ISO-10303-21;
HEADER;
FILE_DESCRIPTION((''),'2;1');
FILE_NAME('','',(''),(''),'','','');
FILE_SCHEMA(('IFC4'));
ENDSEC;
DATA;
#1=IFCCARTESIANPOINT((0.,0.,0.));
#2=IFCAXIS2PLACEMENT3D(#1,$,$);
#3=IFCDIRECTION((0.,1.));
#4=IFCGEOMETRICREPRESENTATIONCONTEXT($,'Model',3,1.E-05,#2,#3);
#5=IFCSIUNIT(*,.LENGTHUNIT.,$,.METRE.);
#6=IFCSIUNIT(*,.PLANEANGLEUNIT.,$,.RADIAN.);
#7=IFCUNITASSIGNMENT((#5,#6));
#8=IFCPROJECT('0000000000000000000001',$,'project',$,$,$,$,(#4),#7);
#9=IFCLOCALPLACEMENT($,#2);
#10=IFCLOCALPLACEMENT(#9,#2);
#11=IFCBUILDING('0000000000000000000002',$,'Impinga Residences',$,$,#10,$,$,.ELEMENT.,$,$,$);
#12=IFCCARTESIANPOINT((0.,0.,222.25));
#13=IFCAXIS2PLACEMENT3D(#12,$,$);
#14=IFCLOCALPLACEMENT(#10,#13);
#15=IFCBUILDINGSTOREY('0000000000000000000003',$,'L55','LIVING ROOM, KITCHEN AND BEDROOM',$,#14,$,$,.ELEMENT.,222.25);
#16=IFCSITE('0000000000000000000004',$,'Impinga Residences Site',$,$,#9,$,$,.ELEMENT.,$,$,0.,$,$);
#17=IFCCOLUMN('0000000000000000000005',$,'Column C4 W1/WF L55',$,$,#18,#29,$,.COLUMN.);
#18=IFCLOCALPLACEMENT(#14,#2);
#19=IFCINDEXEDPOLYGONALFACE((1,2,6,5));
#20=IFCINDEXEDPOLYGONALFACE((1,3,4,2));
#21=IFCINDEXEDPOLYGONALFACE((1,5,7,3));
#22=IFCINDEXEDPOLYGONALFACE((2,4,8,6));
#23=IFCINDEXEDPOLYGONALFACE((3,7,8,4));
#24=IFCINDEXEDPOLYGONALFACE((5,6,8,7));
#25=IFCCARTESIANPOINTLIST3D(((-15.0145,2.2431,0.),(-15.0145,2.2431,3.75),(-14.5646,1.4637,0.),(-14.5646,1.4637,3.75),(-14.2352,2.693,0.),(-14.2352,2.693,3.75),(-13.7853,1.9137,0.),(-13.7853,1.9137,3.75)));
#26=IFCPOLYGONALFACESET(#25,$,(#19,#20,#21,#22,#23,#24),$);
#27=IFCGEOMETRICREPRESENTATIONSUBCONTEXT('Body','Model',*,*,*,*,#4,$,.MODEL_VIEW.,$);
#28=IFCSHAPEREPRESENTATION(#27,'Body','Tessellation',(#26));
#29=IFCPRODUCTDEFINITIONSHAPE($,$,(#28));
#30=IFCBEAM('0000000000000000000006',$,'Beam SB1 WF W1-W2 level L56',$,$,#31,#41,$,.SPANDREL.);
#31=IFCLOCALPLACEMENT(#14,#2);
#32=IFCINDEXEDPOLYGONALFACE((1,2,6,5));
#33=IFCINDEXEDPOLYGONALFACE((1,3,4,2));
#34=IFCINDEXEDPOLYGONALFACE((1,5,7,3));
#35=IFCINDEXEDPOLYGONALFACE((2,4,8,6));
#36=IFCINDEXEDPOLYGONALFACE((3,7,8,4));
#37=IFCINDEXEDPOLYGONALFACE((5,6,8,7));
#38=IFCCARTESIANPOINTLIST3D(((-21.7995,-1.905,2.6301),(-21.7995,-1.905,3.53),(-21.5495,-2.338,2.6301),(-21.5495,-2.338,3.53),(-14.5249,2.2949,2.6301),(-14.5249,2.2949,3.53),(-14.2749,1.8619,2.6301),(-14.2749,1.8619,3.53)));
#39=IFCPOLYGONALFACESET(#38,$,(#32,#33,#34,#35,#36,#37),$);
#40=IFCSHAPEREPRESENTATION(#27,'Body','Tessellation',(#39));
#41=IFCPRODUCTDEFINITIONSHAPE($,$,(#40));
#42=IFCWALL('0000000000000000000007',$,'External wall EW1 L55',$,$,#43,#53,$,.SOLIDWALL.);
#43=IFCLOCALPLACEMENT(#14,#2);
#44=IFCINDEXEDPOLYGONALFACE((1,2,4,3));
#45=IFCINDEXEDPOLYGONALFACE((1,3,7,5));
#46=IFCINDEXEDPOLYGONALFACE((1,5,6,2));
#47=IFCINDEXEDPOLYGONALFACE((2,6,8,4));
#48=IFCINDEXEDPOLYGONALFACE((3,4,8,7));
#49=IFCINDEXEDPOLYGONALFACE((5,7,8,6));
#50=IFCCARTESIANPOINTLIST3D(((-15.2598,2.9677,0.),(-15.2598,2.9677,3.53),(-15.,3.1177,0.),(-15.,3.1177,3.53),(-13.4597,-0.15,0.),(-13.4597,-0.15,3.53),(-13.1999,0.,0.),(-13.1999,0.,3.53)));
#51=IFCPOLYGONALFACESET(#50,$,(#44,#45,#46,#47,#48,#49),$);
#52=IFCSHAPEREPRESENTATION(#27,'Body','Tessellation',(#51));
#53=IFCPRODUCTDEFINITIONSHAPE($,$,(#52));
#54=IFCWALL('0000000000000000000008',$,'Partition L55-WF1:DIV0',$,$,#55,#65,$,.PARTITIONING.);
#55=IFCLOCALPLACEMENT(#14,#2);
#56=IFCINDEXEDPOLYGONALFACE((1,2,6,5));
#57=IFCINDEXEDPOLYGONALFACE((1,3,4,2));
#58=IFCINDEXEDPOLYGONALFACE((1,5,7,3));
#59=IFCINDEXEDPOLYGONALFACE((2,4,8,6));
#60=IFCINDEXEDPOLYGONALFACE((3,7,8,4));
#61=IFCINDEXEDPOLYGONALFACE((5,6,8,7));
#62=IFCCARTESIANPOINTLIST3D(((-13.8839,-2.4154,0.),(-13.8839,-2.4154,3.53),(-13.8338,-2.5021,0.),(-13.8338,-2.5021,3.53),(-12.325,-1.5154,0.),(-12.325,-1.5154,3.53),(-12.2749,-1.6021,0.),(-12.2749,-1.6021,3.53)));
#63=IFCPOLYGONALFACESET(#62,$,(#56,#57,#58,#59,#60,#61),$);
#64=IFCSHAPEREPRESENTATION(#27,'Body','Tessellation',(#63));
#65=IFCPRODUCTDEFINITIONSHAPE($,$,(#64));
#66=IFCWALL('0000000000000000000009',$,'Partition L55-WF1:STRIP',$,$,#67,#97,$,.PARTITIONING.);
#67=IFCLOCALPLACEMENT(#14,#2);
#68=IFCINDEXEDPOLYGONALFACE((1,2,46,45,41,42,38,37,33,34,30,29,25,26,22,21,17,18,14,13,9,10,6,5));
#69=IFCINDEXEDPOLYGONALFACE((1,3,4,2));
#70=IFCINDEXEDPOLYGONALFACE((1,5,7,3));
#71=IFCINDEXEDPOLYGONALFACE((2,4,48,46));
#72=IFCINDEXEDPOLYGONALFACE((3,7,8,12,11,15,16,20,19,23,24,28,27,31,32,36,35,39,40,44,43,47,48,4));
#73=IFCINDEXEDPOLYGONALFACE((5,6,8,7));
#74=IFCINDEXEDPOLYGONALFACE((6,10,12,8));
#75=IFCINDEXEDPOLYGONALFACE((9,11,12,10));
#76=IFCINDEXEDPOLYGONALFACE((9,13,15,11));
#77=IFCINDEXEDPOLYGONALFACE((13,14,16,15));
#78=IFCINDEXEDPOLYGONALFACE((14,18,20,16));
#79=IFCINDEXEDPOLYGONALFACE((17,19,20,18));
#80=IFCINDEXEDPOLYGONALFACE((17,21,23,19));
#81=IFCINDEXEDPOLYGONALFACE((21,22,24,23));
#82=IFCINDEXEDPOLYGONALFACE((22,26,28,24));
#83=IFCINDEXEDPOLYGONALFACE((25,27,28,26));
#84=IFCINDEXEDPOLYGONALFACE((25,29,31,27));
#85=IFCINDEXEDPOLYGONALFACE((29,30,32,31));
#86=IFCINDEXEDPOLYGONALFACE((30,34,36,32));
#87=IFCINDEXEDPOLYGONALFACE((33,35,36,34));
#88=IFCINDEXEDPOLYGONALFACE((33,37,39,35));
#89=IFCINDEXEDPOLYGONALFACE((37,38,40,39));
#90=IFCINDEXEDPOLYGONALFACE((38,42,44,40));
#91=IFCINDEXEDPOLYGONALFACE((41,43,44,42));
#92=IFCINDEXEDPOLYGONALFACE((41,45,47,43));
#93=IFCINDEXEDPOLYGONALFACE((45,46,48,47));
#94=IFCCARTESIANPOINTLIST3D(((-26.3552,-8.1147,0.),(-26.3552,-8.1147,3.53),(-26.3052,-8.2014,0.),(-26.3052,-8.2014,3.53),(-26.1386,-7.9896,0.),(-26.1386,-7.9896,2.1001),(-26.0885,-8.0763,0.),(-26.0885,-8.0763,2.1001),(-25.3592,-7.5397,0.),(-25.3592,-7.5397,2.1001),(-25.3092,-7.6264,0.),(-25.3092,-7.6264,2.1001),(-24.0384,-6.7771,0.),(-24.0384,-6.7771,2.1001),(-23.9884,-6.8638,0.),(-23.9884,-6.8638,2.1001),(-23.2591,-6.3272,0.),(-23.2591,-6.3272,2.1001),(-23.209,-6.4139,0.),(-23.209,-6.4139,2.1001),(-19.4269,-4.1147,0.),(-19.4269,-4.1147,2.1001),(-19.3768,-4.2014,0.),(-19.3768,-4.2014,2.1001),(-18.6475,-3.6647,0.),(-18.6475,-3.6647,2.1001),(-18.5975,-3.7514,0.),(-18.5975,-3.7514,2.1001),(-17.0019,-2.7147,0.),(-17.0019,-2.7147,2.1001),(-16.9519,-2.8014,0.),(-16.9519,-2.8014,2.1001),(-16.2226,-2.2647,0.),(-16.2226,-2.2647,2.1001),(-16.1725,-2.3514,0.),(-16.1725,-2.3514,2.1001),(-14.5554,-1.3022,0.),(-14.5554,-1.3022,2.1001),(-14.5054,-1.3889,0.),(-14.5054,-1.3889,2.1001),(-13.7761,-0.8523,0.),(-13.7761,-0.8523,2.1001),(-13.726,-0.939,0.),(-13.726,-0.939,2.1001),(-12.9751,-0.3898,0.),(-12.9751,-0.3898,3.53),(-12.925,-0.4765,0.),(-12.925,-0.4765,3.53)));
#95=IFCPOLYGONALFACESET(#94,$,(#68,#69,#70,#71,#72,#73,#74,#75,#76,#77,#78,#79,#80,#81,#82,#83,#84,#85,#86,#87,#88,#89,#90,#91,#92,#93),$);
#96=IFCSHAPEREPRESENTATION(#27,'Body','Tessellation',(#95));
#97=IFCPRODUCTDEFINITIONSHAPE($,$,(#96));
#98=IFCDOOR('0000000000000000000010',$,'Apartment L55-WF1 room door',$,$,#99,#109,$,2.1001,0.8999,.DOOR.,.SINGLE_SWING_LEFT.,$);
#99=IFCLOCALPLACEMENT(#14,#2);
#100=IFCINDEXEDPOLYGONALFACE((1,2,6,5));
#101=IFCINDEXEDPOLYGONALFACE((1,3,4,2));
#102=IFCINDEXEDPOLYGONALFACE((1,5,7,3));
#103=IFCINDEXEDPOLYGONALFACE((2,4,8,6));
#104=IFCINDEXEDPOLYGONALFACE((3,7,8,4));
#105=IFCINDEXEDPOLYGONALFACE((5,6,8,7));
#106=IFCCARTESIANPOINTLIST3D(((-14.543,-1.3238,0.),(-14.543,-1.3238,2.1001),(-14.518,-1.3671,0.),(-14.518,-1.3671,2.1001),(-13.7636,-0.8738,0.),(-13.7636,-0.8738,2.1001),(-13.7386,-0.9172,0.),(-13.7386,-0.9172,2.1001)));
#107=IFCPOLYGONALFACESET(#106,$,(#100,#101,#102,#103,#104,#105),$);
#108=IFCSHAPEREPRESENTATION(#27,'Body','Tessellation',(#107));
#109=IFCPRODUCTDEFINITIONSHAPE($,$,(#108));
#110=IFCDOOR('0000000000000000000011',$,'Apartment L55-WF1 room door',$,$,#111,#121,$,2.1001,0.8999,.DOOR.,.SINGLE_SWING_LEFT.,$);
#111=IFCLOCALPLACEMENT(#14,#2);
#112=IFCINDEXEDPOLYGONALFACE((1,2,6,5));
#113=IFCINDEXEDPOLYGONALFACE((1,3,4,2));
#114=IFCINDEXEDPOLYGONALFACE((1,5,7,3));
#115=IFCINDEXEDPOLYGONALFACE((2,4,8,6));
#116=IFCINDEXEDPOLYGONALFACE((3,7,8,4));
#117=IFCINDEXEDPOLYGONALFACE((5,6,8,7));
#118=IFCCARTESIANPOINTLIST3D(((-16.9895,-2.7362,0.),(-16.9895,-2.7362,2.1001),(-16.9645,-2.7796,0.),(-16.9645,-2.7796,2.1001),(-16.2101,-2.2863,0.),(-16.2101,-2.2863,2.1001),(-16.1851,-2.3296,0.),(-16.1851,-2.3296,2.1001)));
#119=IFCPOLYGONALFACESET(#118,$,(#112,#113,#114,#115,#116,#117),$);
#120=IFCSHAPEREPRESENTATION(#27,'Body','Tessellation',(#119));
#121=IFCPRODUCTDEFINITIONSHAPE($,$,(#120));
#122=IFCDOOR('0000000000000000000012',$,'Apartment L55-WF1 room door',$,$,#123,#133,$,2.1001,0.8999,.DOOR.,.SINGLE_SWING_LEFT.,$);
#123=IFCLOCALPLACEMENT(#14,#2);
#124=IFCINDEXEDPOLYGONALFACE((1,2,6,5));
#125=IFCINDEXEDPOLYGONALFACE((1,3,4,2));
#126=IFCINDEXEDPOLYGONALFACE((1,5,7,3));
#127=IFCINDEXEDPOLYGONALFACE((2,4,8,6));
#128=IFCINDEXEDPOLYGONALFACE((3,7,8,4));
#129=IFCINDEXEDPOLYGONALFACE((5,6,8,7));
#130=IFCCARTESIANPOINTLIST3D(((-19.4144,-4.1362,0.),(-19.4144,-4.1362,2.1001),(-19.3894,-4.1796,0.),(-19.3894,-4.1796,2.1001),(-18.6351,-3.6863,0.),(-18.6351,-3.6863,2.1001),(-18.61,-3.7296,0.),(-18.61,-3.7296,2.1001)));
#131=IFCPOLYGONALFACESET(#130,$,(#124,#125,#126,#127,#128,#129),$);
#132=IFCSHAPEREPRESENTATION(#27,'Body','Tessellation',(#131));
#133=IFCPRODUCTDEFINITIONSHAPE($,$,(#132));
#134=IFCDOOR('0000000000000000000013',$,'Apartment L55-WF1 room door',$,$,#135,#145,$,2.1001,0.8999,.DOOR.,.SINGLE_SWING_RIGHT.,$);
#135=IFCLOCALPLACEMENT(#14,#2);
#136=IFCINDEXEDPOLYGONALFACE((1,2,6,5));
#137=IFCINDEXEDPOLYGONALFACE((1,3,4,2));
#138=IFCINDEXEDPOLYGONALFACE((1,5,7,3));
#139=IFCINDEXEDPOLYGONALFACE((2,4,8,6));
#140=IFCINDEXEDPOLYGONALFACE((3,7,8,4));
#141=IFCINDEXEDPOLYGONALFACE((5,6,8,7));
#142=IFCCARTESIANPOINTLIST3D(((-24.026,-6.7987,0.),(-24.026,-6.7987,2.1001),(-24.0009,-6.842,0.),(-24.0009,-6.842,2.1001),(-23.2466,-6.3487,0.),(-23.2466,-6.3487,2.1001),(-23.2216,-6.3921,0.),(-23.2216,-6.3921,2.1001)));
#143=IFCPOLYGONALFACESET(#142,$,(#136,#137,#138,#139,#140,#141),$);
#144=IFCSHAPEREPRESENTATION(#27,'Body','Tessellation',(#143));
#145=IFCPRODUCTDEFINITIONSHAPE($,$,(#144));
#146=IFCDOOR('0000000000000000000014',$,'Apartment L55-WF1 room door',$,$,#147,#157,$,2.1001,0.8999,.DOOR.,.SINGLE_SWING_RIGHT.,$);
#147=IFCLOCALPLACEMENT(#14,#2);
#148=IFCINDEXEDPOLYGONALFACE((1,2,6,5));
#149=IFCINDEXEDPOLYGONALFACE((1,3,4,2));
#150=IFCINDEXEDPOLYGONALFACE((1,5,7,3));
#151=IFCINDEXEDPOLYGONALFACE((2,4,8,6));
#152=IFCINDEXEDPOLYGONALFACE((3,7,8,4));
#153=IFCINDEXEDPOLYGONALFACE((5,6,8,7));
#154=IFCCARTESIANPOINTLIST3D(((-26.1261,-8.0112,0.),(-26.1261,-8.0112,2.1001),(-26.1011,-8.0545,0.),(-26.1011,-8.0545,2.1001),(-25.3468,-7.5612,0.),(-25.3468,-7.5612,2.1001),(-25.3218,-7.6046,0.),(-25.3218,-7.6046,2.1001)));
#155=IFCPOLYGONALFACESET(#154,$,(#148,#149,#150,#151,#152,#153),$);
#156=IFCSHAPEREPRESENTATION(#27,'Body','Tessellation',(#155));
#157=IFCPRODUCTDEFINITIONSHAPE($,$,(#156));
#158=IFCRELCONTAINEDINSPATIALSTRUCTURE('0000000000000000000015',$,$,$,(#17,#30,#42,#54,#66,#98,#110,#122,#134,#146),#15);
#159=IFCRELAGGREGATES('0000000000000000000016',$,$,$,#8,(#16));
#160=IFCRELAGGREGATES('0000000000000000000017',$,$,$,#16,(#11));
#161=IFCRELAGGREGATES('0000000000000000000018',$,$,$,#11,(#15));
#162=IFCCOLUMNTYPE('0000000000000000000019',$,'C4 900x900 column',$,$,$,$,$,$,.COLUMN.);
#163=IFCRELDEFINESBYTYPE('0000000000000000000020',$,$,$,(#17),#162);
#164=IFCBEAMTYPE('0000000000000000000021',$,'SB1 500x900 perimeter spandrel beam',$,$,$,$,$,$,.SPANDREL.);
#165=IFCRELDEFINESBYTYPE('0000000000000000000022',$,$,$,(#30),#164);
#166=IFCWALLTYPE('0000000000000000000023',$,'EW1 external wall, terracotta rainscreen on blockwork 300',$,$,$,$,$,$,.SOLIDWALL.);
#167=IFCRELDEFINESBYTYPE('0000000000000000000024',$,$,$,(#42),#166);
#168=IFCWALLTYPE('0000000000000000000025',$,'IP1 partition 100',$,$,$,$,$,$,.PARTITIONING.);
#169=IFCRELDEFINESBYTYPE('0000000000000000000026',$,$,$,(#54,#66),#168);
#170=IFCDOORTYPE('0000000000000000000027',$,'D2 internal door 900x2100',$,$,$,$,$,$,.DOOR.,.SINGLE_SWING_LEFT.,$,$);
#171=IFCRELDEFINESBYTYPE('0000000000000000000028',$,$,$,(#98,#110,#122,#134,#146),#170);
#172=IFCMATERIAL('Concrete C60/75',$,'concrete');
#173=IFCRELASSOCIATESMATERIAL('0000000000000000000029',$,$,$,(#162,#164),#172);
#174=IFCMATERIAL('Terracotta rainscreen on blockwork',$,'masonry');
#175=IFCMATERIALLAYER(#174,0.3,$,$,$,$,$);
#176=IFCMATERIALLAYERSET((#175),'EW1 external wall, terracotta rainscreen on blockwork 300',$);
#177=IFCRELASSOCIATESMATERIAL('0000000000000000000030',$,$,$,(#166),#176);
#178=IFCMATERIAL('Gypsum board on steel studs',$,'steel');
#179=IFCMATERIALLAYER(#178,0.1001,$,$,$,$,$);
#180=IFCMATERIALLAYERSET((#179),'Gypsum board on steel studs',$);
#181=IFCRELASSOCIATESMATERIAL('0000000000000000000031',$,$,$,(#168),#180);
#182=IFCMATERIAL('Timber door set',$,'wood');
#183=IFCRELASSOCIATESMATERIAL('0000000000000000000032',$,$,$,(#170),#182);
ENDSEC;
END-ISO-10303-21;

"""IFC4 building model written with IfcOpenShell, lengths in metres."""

from ifc_helpers import new_model, si_unit, direction, frame, frame_2d, origin, origin_2d, place, context, subcontext, project, spatial, rectangle, extrude, material, layer, layer_set, material_profile, profile_set, type_object, element, fill, save


model = new_model("IFC4")

# Units and contexts
model_context = context("Model", 3, precision=1e-05, world=origin(), true_north=direction((0.0, 1.0)))
body_context = subcontext(model_context, "Body", "Model", "MODEL_VIEW")
ifc_project = project(units=[si_unit("LENGTHUNIT", "METRE"), si_unit("PLANEANGLEUNIT", "RADIAN")], contexts=[model_context])

# Site, building, storey
site_placement = place(None, origin())
site = spatial("IfcSite", under=ifc_project, at=site_placement, Name="Impinga Residences Site", CompositionType="ELEMENT", RefElevation=0.0)
building_placement = place(site_placement, origin())
building = spatial("IfcBuilding", under=site, at=building_placement, Name="Impinga Residences", CompositionType="ELEMENT")
storey_placement = place(building_placement, frame((0.0, 0.0, 222.25)))
storey = spatial("IfcBuildingStorey", under=building, at=storey_placement, Name="L55", Description="LIVING ROOM, KITCHEN AND BEDROOM", CompositionType="ELEMENT", Elevation=222.25)

# Column
ifc_material_1 = material(Name="Concrete C60/75", Category="concrete")
ifc_material_profile_1 = material_profile(ifc_material_1, rectangle(XDim=0.8999, YDim=0.8999, at=origin_2d()), Name="RC 900x900")
ifc_profile_set_1 = profile_set([ifc_material_profile_1], Name="Concrete C60/75")
column_type = type_object("IfcColumnType", Name="C4 900x900 column", PredefinedType="COLUMN", material=ifc_profile_set_1)
column_placement = place(storey_placement, frame((-14.3999, 2.0784, 0.0), z_axis=(0.0, 0.0, 1.0), x_axis=(-0.5, 0.866025, 0.0)))
element("IfcColumn", 1, at=column_placement, inside=storey, type_object=column_type, Name="Column C4 W1/WF L55", PredefinedType="COLUMN", context=body_context, shape_type="SweptSolid", body=[
    extrude(rectangle(XDim=0.8999, YDim=0.8999, at=origin_2d()), origin(), (0.0, 0.0, 1.0), 3.75),
])

# Beam
ifc_material_profile_2 = material_profile(ifc_material_1, rectangle(XDim=0.5, YDim=0.8999, at=origin_2d()), Name="RC 500x900")
ifc_profile_set_2 = profile_set([ifc_material_profile_2], Name="Concrete C60/75")
beam_type = type_object("IfcBeamType", Name="SB1 500x900 perimeter spandrel beam", PredefinedType="SPANDREL", material=ifc_profile_set_2)
beam_placement = place(storey_placement, frame((-14.3999, 2.0784, 3.0801), z_axis=(-0.866029, -0.499993, 0.0), x_axis=(0.499993, -0.866029, 0.0)))
element("IfcBeam", 2, at=beam_placement, inside=storey, type_object=beam_type, Name="Beam SB1 WF W1-W2 level L56", PredefinedType="SPANDREL", context=body_context, shape_type="SweptSolid", body=[
    extrude(rectangle(XDim=0.5, YDim=0.8999, at=origin_2d()), origin(), (0.0, 0.0, 1.0), 8.3999),
])

# Walls
ifc_material_2 = material(Name="Terracotta rainscreen on blockwork", Category="masonry")
ifc_layer_1 = layer(ifc_material_2, 0.3)
ifc_layer_set_1 = layer_set([ifc_layer_1], Name="EW1 external wall, terracotta rainscreen on blockwork 300")
wall_type_1 = type_object("IfcWallType", Name="EW1 external wall, terracotta rainscreen on blockwork 300", PredefinedType="SOLIDWALL", material=ifc_layer_set_1)
wall_1_placement = place(storey_placement, frame((-15.1299, 3.0427, 0.0), z_axis=(0.0, 0.0, 1.0), x_axis=(0.500012, -0.866018, 0.0)))
element("IfcWall", 3, at=wall_1_placement, inside=storey, type_object=wall_type_1, Name="External wall EW1 L55", PredefinedType="SOLIDWALL", context=body_context, shape_type="SweptSolid", body=[
    extrude(rectangle(XDim=3.6001, YDim=0.3, at=frame_2d((1.8, 0.0))), origin(), (0.0, 0.0, 1.0), 3.53),
])
ifc_material_3 = material(Name="Gypsum board on steel studs", Category="steel")
ifc_layer_2 = layer(ifc_material_3, 0.1001)
ifc_layer_set_2 = layer_set([ifc_layer_2], Name="Gypsum board on steel studs")
wall_type_2 = type_object("IfcWallType", Name="IP1 partition 100", PredefinedType="PARTITIONING", material=ifc_layer_set_2)
wall_2_placement = place(storey_placement, frame((-12.3, -1.5588, 0.0), z_axis=(0.0, 0.0, 1.0), x_axis=(-0.866048, -0.499961, 0.0)))
element("IfcWall", 4, at=wall_2_placement, inside=storey, type_object=wall_type_2, Name="Partition L55-WF1:DIV0", PredefinedType="PARTITIONING", context=body_context, shape_type="SweptSolid", body=[
    extrude(rectangle(XDim=1.8, YDim=0.1001, at=frame_2d((0.8999, 0.0))), origin(), (0.0, 0.0, 1.0), 3.53),
])

# Wall, openings, doors
wall_3_placement = place(storey_placement, frame((-12.95, -0.4331, 0.0), z_axis=(0.0, 0.0, 1.0), x_axis=(-0.86603, -0.499992, 0.0)))
wall_3 = element("IfcWall", 5, at=wall_3_placement, inside=storey, type_object=wall_type_2, Name="Partition L55-WF1:STRIP", PredefinedType="PARTITIONING", context=body_context, shape_type="SweptSolid", body=[
    extrude(rectangle(XDim=15.45, YDim=0.1001, at=frame_2d((7.7251, 0.0))), origin(), (0.0, 0.0, 1.0), 3.53),
])
opening_1_placement = place(wall_3_placement, frame((0.925, 0.0, 0.0)))
opening_1 = element("IfcOpeningElement", 6, at=opening_1_placement, cuts=wall_3, PredefinedType="OPENING", context=body_context, shape_type="SweptSolid", body=[
    extrude(rectangle(XDim=0.8999, YDim=2.1001, at=frame_2d((0.45, 1.05))), frame((0.0, 0.0601, 0.0), z_axis=(0.0, -1.0, 0.0), x_axis=(1.0, 0.0, 0.0)), (0.0, 0.0, 1.0), 0.1201),
])
opening_2_placement = place(wall_3_placement, frame((3.75, 0.0, 0.0)))
opening_2 = element("IfcOpeningElement", 7, at=opening_2_placement, cuts=wall_3, PredefinedType="OPENING", context=body_context, shape_type="SweptSolid", body=[
    extrude(rectangle(XDim=0.8999, YDim=2.1001, at=frame_2d((0.45, 1.05))), frame((0.0, 0.0601, 0.0), z_axis=(0.0, -1.0, 0.0), x_axis=(1.0, 0.0, 0.0)), (0.0, 0.0, 1.0), 0.1201),
])
opening_3_placement = place(wall_3_placement, frame((6.55, 0.0, 0.0)))
opening_3 = element("IfcOpeningElement", 8, at=opening_3_placement, cuts=wall_3, PredefinedType="OPENING", context=body_context, shape_type="SweptSolid", body=[
    extrude(rectangle(XDim=0.8999, YDim=2.1001, at=frame_2d((0.45, 1.05))), frame((0.0, 0.0601, 0.0), z_axis=(0.0, -1.0, 0.0), x_axis=(1.0, 0.0, 0.0)), (0.0, 0.0, 1.0), 0.1201),
])
opening_4_placement = place(wall_3_placement, frame((11.875, 0.0, 0.0)))
opening_4 = element("IfcOpeningElement", 9, at=opening_4_placement, cuts=wall_3, PredefinedType="OPENING", context=body_context, shape_type="SweptSolid", body=[
    extrude(rectangle(XDim=0.8999, YDim=2.1001, at=frame_2d((0.45, 1.05))), frame((0.0, 0.0601, 0.0), z_axis=(0.0, -1.0, 0.0), x_axis=(1.0, 0.0, 0.0)), (0.0, 0.0, 1.0), 0.1201),
])
opening_5_placement = place(wall_3_placement, frame((14.3, 0.0, 0.0)))
opening_5 = element("IfcOpeningElement", 10, at=opening_5_placement, cuts=wall_3, PredefinedType="OPENING", context=body_context, shape_type="SweptSolid", body=[
    extrude(rectangle(XDim=0.8999, YDim=2.1001, at=frame_2d((0.45, 1.05))), frame((0.0, 0.0601, 0.0), z_axis=(0.0, -1.0, 0.0), x_axis=(1.0, 0.0, 0.0)), (0.0, 0.0, 1.0), 0.1201),
])
ifc_material_4 = material(Name="Timber door set", Category="wood")
door_type_1 = type_object("IfcDoorType", Name="D2 internal door 900x2100", OperationType="SINGLE_SWING_LEFT", PredefinedType="DOOR", material=ifc_material_4)
door_1_placement = place(opening_1_placement, origin())
door_1 = element("IfcDoor", 11, at=door_1_placement, inside=storey, type_object=door_type_1, Name="Apartment L55-WF1 room door", OperationType="SINGLE_SWING_LEFT", OverallHeight=2.1001, OverallWidth=0.8999, PredefinedType="DOOR", context=body_context, shape_type="SweptSolid", body=[
    extrude(rectangle(XDim=0.8999, YDim=2.1001, at=frame_2d((0.45, 1.05))), frame((0.0, 0.0249, 0.0), z_axis=(0.0, -1.0, 0.0), x_axis=(1.0, 0.0, 0.0)), (0.0, 0.0, 1.0), 0.05),
])
fill(opening_1, door_1)
door_2_placement = place(opening_2_placement, origin())
door_2 = element("IfcDoor", 12, at=door_2_placement, inside=storey, type_object=door_type_1, Name="Apartment L55-WF1 room door", OperationType="SINGLE_SWING_LEFT", OverallHeight=2.1001, OverallWidth=0.8999, PredefinedType="DOOR", context=body_context, shape_type="SweptSolid", body=[
    extrude(rectangle(XDim=0.8999, YDim=2.1001, at=frame_2d((0.45, 1.05))), frame((0.0, 0.0249, 0.0), z_axis=(0.0, -1.0, 0.0), x_axis=(1.0, 0.0, 0.0)), (0.0, 0.0, 1.0), 0.05),
])
fill(opening_2, door_2)
door_3_placement = place(opening_3_placement, origin())
door_3 = element("IfcDoor", 13, at=door_3_placement, inside=storey, type_object=door_type_1, Name="Apartment L55-WF1 room door", OperationType="SINGLE_SWING_LEFT", OverallHeight=2.1001, OverallWidth=0.8999, PredefinedType="DOOR", context=body_context, shape_type="SweptSolid", body=[
    extrude(rectangle(XDim=0.8999, YDim=2.1001, at=frame_2d((0.45, 1.05))), frame((0.0, 0.0249, 0.0), z_axis=(0.0, -1.0, 0.0), x_axis=(1.0, 0.0, 0.0)), (0.0, 0.0, 1.0), 0.05),
])
fill(opening_3, door_3)
door_4_placement = place(opening_4_placement, origin())
door_4 = element("IfcDoor", 14, at=door_4_placement, inside=storey, type_object=door_type_1, Name="Apartment L55-WF1 room door", OperationType="SINGLE_SWING_RIGHT", OverallHeight=2.1001, OverallWidth=0.8999, PredefinedType="DOOR", context=body_context, shape_type="SweptSolid", body=[
    extrude(rectangle(XDim=0.8999, YDim=2.1001, at=frame_2d((0.45, 1.05))), frame((0.0, 0.0249, 0.0), z_axis=(0.0, -1.0, 0.0), x_axis=(1.0, 0.0, 0.0)), (0.0, 0.0, 1.0), 0.05),
])
fill(opening_4, door_4)
door_5_placement = place(opening_5_placement, origin())
door_5 = element("IfcDoor", 15, at=door_5_placement, inside=storey, type_object=door_type_1, Name="Apartment L55-WF1 room door", OperationType="SINGLE_SWING_RIGHT", OverallHeight=2.1001, OverallWidth=0.8999, PredefinedType="DOOR", context=body_context, shape_type="SweptSolid", body=[
    extrude(rectangle(XDim=0.8999, YDim=2.1001, at=frame_2d((0.45, 1.05))), frame((0.0, 0.0249, 0.0), z_axis=(0.0, -1.0, 0.0), x_axis=(1.0, 0.0, 0.0)), (0.0, 0.0, 1.0), 0.05),
])
fill(opening_5, door_5)

save(model, "model.ifc")
